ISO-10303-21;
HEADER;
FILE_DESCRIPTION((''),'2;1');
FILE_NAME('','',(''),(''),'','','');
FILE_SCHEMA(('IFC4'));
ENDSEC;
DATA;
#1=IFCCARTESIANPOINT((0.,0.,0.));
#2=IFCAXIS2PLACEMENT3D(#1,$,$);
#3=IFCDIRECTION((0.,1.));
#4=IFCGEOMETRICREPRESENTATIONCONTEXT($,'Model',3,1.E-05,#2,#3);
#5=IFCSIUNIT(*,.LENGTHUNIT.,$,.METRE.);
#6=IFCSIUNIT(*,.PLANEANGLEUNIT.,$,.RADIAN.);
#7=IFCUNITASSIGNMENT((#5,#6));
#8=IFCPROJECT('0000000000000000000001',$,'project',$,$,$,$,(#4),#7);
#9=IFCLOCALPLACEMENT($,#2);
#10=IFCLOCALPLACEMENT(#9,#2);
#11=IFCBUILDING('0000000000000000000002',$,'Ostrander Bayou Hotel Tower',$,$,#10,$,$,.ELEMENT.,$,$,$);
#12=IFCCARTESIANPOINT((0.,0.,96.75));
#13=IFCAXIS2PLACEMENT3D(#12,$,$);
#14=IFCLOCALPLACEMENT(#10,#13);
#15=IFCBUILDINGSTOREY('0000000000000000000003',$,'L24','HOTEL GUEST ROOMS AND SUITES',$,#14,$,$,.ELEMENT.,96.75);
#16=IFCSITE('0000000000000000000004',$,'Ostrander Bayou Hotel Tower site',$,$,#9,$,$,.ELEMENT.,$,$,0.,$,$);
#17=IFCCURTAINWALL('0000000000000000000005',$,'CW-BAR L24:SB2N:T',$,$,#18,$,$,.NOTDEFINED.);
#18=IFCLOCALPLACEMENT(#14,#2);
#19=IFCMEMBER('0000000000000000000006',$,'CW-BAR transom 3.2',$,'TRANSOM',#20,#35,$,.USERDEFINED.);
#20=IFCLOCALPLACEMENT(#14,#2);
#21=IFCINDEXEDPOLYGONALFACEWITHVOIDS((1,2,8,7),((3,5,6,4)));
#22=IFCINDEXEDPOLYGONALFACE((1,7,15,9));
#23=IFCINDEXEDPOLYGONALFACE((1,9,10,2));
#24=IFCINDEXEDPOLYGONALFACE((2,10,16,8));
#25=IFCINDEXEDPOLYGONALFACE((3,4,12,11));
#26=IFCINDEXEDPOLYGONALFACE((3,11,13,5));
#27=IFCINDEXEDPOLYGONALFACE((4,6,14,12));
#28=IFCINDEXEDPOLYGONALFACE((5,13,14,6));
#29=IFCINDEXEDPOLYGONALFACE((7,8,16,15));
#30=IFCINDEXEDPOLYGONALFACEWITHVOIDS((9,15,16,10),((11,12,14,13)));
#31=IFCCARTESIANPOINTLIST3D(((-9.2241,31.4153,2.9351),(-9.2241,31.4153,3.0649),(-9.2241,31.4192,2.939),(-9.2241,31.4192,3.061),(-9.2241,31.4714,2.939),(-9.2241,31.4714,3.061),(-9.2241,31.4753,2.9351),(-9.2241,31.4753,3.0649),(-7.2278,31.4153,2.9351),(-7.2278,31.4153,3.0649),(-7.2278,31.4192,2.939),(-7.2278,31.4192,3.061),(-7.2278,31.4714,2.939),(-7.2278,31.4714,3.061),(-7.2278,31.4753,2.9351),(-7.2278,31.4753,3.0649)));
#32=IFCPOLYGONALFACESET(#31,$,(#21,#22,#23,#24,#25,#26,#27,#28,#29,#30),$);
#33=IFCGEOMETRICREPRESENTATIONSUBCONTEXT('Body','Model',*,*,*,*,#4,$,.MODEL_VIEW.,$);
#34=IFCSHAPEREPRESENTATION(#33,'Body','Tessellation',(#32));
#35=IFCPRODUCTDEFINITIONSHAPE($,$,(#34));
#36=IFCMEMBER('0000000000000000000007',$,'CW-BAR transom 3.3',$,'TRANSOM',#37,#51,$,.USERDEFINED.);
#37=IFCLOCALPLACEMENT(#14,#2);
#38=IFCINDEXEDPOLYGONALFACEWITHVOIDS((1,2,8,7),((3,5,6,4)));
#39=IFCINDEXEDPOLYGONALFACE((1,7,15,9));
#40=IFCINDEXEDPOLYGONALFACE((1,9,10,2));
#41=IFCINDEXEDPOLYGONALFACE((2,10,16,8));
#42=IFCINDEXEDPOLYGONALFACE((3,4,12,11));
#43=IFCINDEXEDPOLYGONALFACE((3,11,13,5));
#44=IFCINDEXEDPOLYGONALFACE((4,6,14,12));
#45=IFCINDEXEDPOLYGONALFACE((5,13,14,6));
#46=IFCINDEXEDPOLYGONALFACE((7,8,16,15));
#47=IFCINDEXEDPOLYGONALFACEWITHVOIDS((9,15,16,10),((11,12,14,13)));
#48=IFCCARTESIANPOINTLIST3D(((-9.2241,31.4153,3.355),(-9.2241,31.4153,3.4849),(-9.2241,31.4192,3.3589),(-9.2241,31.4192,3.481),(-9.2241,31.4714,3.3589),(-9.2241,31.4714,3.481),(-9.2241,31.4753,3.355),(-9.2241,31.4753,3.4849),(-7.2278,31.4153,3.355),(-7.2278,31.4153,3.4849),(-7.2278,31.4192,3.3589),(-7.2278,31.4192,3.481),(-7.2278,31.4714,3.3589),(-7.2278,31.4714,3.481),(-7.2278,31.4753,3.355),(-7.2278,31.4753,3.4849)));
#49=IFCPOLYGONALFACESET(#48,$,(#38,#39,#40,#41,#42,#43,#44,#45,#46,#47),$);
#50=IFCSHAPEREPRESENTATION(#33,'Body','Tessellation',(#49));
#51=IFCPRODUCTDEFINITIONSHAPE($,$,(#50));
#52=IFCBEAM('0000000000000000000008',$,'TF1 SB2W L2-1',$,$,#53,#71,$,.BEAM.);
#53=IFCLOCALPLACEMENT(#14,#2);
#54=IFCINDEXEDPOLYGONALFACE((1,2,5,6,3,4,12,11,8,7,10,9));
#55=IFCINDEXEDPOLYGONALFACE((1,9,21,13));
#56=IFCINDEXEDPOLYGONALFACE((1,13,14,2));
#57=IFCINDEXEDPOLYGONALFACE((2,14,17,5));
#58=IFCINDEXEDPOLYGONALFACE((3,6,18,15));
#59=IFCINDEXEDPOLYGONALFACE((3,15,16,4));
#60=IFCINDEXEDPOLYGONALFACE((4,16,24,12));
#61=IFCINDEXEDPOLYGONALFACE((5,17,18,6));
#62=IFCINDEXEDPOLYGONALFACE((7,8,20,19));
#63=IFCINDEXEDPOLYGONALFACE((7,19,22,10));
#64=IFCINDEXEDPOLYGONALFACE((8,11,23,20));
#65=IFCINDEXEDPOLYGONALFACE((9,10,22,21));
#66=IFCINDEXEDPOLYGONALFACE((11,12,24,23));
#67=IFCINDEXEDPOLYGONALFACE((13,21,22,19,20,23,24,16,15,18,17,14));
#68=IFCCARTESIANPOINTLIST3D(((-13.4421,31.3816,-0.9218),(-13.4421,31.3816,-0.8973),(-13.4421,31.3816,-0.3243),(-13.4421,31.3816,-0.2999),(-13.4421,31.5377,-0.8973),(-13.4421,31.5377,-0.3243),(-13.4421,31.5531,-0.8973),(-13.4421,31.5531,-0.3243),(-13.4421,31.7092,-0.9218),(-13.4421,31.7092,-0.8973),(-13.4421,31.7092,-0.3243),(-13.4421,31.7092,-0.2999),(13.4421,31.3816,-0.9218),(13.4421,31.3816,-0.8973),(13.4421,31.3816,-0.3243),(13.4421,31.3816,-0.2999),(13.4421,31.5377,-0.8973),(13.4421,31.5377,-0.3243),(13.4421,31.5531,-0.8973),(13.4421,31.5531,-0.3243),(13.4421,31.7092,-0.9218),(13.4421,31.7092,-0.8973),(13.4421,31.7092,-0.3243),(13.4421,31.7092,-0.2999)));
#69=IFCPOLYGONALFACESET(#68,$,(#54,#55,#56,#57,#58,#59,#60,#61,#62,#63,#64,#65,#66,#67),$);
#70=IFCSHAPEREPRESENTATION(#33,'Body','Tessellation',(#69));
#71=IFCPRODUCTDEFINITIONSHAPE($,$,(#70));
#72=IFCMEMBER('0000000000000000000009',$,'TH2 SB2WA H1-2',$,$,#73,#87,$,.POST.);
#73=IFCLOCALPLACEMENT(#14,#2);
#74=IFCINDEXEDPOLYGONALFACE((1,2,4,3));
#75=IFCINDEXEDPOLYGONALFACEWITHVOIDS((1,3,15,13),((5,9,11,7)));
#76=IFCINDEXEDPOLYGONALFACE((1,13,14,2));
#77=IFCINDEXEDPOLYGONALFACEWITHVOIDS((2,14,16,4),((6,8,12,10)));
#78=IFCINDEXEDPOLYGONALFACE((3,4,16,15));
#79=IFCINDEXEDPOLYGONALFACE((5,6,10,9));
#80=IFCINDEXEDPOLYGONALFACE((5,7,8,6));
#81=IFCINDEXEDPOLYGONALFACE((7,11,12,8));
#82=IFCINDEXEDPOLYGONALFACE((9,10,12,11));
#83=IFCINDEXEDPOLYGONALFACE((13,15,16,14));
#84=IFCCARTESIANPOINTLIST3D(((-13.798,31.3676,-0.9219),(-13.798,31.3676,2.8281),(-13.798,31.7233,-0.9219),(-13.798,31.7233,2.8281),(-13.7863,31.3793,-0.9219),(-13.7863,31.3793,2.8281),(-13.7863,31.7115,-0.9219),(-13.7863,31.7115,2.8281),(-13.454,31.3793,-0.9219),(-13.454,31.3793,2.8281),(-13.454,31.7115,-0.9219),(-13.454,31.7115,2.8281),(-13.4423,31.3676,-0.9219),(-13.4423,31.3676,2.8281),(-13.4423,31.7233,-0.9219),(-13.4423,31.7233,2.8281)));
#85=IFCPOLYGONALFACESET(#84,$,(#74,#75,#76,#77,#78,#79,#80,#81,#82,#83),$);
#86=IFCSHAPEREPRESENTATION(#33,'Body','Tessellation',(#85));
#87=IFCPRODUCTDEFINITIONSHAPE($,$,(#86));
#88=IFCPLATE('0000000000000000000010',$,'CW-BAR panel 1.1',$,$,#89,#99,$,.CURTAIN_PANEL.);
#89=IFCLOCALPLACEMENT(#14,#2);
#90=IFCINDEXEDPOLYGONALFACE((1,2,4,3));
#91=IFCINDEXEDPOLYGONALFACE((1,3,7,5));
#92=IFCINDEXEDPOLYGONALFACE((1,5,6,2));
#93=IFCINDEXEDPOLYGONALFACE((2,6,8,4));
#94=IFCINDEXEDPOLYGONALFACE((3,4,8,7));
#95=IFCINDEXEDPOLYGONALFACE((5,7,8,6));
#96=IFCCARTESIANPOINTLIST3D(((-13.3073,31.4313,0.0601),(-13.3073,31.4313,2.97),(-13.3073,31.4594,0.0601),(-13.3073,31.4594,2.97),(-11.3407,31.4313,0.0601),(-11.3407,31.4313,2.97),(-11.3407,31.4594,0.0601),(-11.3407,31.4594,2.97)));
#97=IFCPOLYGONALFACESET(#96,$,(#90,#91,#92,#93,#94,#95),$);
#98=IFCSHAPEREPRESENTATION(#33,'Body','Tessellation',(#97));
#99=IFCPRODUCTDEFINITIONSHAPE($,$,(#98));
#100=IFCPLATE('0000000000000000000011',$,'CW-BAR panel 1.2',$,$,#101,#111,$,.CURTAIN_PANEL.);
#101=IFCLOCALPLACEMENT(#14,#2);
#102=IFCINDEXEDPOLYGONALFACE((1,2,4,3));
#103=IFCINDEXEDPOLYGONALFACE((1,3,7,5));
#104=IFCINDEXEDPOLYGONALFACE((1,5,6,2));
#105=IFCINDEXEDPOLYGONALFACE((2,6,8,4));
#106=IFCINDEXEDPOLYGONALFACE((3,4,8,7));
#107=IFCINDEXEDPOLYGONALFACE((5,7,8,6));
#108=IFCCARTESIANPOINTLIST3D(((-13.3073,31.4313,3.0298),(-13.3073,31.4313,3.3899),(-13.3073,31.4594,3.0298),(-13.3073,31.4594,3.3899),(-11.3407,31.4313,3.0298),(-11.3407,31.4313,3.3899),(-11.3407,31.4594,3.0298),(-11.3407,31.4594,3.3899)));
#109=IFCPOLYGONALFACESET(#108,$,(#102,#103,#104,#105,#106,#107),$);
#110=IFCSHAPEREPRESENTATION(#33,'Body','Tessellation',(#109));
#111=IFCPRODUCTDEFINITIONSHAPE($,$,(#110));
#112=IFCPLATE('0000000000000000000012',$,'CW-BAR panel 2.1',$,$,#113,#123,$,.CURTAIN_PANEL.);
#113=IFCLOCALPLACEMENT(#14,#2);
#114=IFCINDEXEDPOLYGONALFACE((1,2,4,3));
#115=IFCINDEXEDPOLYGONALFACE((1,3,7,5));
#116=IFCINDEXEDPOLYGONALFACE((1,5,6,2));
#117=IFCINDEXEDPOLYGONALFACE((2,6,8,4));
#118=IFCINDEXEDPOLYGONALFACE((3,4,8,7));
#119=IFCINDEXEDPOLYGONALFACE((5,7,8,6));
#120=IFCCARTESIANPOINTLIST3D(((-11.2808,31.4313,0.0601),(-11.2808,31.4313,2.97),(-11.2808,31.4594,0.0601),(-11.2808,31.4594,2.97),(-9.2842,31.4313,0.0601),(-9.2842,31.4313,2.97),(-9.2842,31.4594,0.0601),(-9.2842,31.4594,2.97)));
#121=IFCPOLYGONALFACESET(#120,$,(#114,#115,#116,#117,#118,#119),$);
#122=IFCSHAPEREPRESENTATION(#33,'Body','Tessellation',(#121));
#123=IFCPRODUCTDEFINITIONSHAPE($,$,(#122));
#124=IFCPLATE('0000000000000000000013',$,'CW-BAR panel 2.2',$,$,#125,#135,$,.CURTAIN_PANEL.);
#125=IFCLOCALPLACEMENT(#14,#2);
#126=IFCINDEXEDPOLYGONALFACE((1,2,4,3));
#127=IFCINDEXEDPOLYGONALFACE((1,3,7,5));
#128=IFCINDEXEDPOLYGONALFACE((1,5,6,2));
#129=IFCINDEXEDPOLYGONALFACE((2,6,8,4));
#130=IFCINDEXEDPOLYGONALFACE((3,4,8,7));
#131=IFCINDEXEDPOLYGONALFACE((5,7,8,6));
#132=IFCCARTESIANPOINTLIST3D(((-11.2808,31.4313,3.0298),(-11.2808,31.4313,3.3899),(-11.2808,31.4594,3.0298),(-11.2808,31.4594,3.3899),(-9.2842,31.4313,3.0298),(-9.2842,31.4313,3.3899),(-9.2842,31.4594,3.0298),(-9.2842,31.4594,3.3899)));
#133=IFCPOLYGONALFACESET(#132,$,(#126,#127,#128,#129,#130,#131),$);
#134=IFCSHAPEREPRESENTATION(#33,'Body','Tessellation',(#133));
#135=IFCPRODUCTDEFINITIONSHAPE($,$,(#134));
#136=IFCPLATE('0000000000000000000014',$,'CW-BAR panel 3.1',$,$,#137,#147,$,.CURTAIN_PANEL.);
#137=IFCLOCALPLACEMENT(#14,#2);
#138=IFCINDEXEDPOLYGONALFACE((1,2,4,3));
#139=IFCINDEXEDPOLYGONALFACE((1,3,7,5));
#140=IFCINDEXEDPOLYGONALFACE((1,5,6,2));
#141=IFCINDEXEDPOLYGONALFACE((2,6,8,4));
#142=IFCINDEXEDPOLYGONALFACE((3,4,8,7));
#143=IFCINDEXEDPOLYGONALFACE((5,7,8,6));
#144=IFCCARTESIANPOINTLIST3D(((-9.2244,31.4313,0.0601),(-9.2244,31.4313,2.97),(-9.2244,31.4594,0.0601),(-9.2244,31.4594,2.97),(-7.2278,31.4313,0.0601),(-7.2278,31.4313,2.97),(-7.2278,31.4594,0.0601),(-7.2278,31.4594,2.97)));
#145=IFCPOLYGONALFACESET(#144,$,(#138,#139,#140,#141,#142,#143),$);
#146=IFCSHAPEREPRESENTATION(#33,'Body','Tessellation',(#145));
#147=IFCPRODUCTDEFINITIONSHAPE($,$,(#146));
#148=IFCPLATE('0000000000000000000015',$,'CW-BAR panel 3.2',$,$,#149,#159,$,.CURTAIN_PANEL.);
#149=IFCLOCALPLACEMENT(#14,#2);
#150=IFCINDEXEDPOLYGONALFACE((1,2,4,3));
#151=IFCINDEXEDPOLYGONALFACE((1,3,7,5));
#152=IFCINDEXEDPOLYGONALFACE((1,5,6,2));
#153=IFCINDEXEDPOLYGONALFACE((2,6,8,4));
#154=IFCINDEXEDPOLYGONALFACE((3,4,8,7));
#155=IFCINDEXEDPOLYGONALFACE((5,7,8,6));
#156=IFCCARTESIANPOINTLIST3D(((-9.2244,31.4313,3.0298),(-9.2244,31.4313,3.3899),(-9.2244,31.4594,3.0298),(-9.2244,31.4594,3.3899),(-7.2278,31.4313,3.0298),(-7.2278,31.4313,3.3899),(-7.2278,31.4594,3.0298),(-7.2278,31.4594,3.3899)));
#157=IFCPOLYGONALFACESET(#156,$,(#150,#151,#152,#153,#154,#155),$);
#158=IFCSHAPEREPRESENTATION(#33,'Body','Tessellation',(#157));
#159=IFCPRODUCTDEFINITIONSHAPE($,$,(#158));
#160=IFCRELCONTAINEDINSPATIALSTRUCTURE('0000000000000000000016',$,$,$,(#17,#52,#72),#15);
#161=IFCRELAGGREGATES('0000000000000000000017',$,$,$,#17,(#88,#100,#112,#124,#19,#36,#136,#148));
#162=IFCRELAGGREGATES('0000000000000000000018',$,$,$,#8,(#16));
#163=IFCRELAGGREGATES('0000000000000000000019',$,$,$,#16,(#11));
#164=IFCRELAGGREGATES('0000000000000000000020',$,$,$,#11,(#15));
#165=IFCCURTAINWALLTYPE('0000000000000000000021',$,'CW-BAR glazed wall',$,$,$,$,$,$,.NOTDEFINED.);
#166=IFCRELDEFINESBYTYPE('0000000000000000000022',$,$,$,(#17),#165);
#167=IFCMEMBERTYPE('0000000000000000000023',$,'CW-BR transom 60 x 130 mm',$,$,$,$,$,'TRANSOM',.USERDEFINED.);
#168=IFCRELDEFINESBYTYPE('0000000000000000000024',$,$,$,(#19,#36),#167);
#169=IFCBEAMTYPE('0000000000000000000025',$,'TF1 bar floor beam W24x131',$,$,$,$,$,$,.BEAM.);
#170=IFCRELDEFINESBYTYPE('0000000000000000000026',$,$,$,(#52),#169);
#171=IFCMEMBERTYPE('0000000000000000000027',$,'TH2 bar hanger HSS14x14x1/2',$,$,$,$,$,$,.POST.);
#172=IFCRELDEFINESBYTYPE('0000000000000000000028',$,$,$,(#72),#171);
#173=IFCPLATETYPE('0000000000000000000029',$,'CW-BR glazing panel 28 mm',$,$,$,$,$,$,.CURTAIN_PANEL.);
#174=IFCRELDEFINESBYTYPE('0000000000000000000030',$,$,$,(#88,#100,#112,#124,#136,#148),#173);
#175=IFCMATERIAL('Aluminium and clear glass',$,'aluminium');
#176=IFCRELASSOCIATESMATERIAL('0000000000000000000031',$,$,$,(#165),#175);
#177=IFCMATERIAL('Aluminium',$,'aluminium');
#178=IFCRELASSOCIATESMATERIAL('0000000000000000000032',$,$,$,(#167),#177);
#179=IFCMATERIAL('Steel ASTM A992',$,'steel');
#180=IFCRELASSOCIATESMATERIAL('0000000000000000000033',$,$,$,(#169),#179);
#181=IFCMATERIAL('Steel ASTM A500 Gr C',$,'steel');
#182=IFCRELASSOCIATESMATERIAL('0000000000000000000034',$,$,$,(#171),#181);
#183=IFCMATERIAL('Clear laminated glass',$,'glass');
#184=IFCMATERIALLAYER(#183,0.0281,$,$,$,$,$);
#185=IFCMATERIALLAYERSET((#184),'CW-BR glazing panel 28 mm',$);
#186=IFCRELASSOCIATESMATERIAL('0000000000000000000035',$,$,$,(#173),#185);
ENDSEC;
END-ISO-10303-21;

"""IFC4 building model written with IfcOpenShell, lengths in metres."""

from ifc_helpers import new_model, si_unit, direction, frame, origin, origin_2d, place, context, subcontext, project, spatial, rectangle, hollow_rectangle, i_section, extrude, material, layer, layer_set, material_profile, profile_set, type_object, element, aggregate, save


model = new_model("IFC4")

# Units and contexts
model_context = context("Model", 3, precision=1e-05, world=origin(), true_north=direction((0.0, 1.0)))
body_context = subcontext(model_context, "Body", "Model", "MODEL_VIEW")
ifc_project = project(units=[si_unit("LENGTHUNIT", "METRE"), si_unit("PLANEANGLEUNIT", "RADIAN")], contexts=[model_context])

# Site, building, storey
site_placement = place(None, origin())
site = spatial("IfcSite", under=ifc_project, at=site_placement, Name="Ostrander Bayou Hotel Tower site", CompositionType="ELEMENT", RefElevation=0.0)
building_placement = place(site_placement, origin())
building = spatial("IfcBuilding", under=site, at=building_placement, Name="Ostrander Bayou Hotel Tower", CompositionType="ELEMENT")
storey_placement = place(building_placement, frame((0.0, 0.0, 96.75)))
storey = spatial("IfcBuildingStorey", under=building, at=storey_placement, Name="L24", Description="HOTEL GUEST ROOMS AND SUITES", CompositionType="ELEMENT", Elevation=96.75)

# Shared definitions
ifc_material_1 = material(Name="Aluminium and clear glass", Category="aluminium")
curtain_wall_type = type_object("IfcCurtainWallType", Name="CW-BAR glazed wall", PredefinedType="NOTDEFINED", material=ifc_material_1)

# Curtain wall, members
curtain_wall_1_placement = place(storey_placement, origin())
curtain_wall_1 = element("IfcCurtainWall", 1, at=curtain_wall_1_placement, inside=storey, type_object=curtain_wall_type, Name="CW-BAR L24:SB2N:T", PredefinedType="NOTDEFINED")
ifc_material_2 = material(Name="Aluminium", Category="aluminium")
ifc_material_profile_1 = material_profile(ifc_material_2, hollow_rectangle(XDim=0.0601, YDim=0.1299, WallThickness=0.0039, at=origin_2d()))
ifc_profile_set_1 = profile_set([ifc_material_profile_1], Name="Aluminium")
member_type_1 = type_object("IfcMemberType", Name="CW-BR transom 60 x 130 mm", ElementType="TRANSOM", PredefinedType="USERDEFINED", material=ifc_profile_set_1)
member_1_placement = place(storey_placement, frame((-9.2241, 31.4453, 3.0), z_axis=(1.0, 0.0, 0.0), x_axis=(0.0, 1.0, 0.0)))
member_1 = element("IfcMember", 2, at=member_1_placement, type_object=member_type_1, Name="CW-BAR transom 3.2", ObjectType="TRANSOM", PredefinedType="USERDEFINED", context=body_context, shape_type="SweptSolid", body=[
    extrude(hollow_rectangle(XDim=0.0601, YDim=0.1299, WallThickness=0.0039, at=origin_2d()), origin(), (0.0, 0.0, 1.0), 1.9963),
])
member_2_placement = place(storey_placement, frame((-9.2241, 31.4453, 3.4199), z_axis=(1.0, 0.0, 0.0), x_axis=(0.0, 1.0, 0.0)))
member_2 = element("IfcMember", 3, at=member_2_placement, type_object=member_type_1, Name="CW-BAR transom 3.3", ObjectType="TRANSOM", PredefinedType="USERDEFINED", context=body_context, shape_type="SweptSolid", body=[
    extrude(hollow_rectangle(XDim=0.0601, YDim=0.1299, WallThickness=0.0039, at=origin_2d()), origin(), (0.0, 0.0, 1.0), 1.9963),
])

# Beam
ifc_material_3 = material(Name="Steel ASTM A992", Category="steel")
ifc_material_profile_2 = material_profile(ifc_material_3, i_section(OverallWidth=0.3276, OverallDepth=0.6218, WebThickness=0.0154, FlangeThickness=0.0244, at=origin_2d()))
ifc_profile_set_2 = profile_set([ifc_material_profile_2], Name="Steel ASTM A992")
beam_type = type_object("IfcBeamType", Name="TF1 bar floor beam W24x131", PredefinedType="BEAM", material=ifc_profile_set_2)
beam_placement = place(storey_placement, frame((-13.4421, 31.5454, -0.6108), z_axis=(1.0, 0.0, 0.0), x_axis=(0.0, 1.0, 0.0)))
element("IfcBeam", 4, at=beam_placement, inside=storey, type_object=beam_type, Name="TF1 SB2W L2-1", PredefinedType="BEAM", context=body_context, shape_type="SweptSolid", body=[
    extrude(i_section(OverallWidth=0.3276, OverallDepth=0.6218, WebThickness=0.0154, FlangeThickness=0.0244, at=origin_2d()), origin(), (0.0, 0.0, 1.0), 26.8843),
])

# Member
ifc_material_4 = material(Name="Steel ASTM A500 Gr C", Category="steel")
ifc_material_profile_3 = material_profile(ifc_material_4, hollow_rectangle(XDim=0.3557, YDim=0.3557, WallThickness=0.0117, at=origin_2d()))
ifc_profile_set_3 = profile_set([ifc_material_profile_3], Name="Steel ASTM A500 Gr C")
member_type_2 = type_object("IfcMemberType", Name="TH2 bar hanger HSS14x14x1/2", PredefinedType="POST", material=ifc_profile_set_3)
member_3_placement = place(storey_placement, frame((-13.6201, 31.5454, -0.9219), z_axis=(0.0, 0.0, 1.0), x_axis=(1.0, 0.0, 0.0)))
element("IfcMember", 5, at=member_3_placement, inside=storey, type_object=member_type_2, Name="TH2 SB2WA H1-2", PredefinedType="POST", context=body_context, shape_type="SweptSolid", body=[
    extrude(hollow_rectangle(XDim=0.3557, YDim=0.3557, WallThickness=0.0117, at=origin_2d()), origin(), (0.0, 0.0, 1.0), 3.75),
])

# Plates
ifc_material_5 = material(Name="Clear laminated glass", Category="glass")
ifc_layer = layer(ifc_material_5, 0.0281)
ifc_layer_set = layer_set([ifc_layer], Name="CW-BR glazing panel 28 mm")
plate_type = type_object("IfcPlateType", Name="CW-BR glazing panel 28 mm", PredefinedType="CURTAIN_PANEL", material=ifc_layer_set)
plate_1_placement = place(storey_placement, frame((-12.324, 31.4453, 0.0601), z_axis=(0.0, 0.0, 1.0), x_axis=(1.0, 0.0, 0.0)))
plate_1 = element("IfcPlate", 6, at=plate_1_placement, type_object=plate_type, Name="CW-BAR panel 1.1", PredefinedType="CURTAIN_PANEL", context=body_context, shape_type="SweptSolid", body=[
    extrude(rectangle(XDim=1.9666, YDim=0.0281, at=origin_2d()), origin(), (0.0, 0.0, 1.0), 2.9099),
])
plate_2_placement = place(storey_placement, frame((-12.324, 31.4453, 3.0298), z_axis=(0.0, 0.0, 1.0), x_axis=(1.0, 0.0, 0.0)))
plate_2 = element("IfcPlate", 7, at=plate_2_placement, type_object=plate_type, Name="CW-BAR panel 1.2", PredefinedType="CURTAIN_PANEL", context=body_context, shape_type="SweptSolid", body=[
    extrude(rectangle(XDim=1.9666, YDim=0.0281, at=origin_2d()), origin(), (0.0, 0.0, 1.0), 0.3601),
])
plate_3_placement = place(storey_placement, frame((-10.2825, 31.4453, 0.0601), z_axis=(0.0, 0.0, 1.0), x_axis=(1.0, 0.0, 0.0)))
plate_3 = element("IfcPlate", 8, at=plate_3_placement, type_object=plate_type, Name="CW-BAR panel 2.1", PredefinedType="CURTAIN_PANEL", context=body_context, shape_type="SweptSolid", body=[
    extrude(rectangle(XDim=1.9966, YDim=0.0281, at=origin_2d()), origin(), (0.0, 0.0, 1.0), 2.9099),
])
plate_4_placement = place(storey_placement, frame((-10.2825, 31.4453, 3.0298), z_axis=(0.0, 0.0, 1.0), x_axis=(1.0, 0.0, 0.0)))
plate_4 = element("IfcPlate", 9, at=plate_4_placement, type_object=plate_type, Name="CW-BAR panel 2.2", PredefinedType="CURTAIN_PANEL", context=body_context, shape_type="SweptSolid", body=[
    extrude(rectangle(XDim=1.9966, YDim=0.0281, at=origin_2d()), origin(), (0.0, 0.0, 1.0), 0.3601),
])
plate_5_placement = place(storey_placement, frame((-8.2261, 31.4453, 0.0601), z_axis=(0.0, 0.0, 1.0), x_axis=(1.0, 0.0, 0.0)))
plate_5 = element("IfcPlate", 10, at=plate_5_placement, type_object=plate_type, Name="CW-BAR panel 3.1", PredefinedType="CURTAIN_PANEL", context=body_context, shape_type="SweptSolid", body=[
    extrude(rectangle(XDim=1.9966, YDim=0.0281, at=origin_2d()), origin(), (0.0, 0.0, 1.0), 2.9099),
])
plate_6_placement = place(storey_placement, frame((-8.2261, 31.4453, 3.0298), z_axis=(0.0, 0.0, 1.0), x_axis=(1.0, 0.0, 0.0)))
plate_6 = element("IfcPlate", 11, at=plate_6_placement, type_object=plate_type, Name="CW-BAR panel 3.2", PredefinedType="CURTAIN_PANEL", context=body_context, shape_type="SweptSolid", body=[
    extrude(rectangle(XDim=1.9966, YDim=0.0281, at=origin_2d()), origin(), (0.0, 0.0, 1.0), 0.3601),
])
aggregate(curtain_wall_1, [plate_1, plate_2, plate_3, plate_4, member_1, member_2, plate_5, plate_6])

save(model, "model.ifc")
